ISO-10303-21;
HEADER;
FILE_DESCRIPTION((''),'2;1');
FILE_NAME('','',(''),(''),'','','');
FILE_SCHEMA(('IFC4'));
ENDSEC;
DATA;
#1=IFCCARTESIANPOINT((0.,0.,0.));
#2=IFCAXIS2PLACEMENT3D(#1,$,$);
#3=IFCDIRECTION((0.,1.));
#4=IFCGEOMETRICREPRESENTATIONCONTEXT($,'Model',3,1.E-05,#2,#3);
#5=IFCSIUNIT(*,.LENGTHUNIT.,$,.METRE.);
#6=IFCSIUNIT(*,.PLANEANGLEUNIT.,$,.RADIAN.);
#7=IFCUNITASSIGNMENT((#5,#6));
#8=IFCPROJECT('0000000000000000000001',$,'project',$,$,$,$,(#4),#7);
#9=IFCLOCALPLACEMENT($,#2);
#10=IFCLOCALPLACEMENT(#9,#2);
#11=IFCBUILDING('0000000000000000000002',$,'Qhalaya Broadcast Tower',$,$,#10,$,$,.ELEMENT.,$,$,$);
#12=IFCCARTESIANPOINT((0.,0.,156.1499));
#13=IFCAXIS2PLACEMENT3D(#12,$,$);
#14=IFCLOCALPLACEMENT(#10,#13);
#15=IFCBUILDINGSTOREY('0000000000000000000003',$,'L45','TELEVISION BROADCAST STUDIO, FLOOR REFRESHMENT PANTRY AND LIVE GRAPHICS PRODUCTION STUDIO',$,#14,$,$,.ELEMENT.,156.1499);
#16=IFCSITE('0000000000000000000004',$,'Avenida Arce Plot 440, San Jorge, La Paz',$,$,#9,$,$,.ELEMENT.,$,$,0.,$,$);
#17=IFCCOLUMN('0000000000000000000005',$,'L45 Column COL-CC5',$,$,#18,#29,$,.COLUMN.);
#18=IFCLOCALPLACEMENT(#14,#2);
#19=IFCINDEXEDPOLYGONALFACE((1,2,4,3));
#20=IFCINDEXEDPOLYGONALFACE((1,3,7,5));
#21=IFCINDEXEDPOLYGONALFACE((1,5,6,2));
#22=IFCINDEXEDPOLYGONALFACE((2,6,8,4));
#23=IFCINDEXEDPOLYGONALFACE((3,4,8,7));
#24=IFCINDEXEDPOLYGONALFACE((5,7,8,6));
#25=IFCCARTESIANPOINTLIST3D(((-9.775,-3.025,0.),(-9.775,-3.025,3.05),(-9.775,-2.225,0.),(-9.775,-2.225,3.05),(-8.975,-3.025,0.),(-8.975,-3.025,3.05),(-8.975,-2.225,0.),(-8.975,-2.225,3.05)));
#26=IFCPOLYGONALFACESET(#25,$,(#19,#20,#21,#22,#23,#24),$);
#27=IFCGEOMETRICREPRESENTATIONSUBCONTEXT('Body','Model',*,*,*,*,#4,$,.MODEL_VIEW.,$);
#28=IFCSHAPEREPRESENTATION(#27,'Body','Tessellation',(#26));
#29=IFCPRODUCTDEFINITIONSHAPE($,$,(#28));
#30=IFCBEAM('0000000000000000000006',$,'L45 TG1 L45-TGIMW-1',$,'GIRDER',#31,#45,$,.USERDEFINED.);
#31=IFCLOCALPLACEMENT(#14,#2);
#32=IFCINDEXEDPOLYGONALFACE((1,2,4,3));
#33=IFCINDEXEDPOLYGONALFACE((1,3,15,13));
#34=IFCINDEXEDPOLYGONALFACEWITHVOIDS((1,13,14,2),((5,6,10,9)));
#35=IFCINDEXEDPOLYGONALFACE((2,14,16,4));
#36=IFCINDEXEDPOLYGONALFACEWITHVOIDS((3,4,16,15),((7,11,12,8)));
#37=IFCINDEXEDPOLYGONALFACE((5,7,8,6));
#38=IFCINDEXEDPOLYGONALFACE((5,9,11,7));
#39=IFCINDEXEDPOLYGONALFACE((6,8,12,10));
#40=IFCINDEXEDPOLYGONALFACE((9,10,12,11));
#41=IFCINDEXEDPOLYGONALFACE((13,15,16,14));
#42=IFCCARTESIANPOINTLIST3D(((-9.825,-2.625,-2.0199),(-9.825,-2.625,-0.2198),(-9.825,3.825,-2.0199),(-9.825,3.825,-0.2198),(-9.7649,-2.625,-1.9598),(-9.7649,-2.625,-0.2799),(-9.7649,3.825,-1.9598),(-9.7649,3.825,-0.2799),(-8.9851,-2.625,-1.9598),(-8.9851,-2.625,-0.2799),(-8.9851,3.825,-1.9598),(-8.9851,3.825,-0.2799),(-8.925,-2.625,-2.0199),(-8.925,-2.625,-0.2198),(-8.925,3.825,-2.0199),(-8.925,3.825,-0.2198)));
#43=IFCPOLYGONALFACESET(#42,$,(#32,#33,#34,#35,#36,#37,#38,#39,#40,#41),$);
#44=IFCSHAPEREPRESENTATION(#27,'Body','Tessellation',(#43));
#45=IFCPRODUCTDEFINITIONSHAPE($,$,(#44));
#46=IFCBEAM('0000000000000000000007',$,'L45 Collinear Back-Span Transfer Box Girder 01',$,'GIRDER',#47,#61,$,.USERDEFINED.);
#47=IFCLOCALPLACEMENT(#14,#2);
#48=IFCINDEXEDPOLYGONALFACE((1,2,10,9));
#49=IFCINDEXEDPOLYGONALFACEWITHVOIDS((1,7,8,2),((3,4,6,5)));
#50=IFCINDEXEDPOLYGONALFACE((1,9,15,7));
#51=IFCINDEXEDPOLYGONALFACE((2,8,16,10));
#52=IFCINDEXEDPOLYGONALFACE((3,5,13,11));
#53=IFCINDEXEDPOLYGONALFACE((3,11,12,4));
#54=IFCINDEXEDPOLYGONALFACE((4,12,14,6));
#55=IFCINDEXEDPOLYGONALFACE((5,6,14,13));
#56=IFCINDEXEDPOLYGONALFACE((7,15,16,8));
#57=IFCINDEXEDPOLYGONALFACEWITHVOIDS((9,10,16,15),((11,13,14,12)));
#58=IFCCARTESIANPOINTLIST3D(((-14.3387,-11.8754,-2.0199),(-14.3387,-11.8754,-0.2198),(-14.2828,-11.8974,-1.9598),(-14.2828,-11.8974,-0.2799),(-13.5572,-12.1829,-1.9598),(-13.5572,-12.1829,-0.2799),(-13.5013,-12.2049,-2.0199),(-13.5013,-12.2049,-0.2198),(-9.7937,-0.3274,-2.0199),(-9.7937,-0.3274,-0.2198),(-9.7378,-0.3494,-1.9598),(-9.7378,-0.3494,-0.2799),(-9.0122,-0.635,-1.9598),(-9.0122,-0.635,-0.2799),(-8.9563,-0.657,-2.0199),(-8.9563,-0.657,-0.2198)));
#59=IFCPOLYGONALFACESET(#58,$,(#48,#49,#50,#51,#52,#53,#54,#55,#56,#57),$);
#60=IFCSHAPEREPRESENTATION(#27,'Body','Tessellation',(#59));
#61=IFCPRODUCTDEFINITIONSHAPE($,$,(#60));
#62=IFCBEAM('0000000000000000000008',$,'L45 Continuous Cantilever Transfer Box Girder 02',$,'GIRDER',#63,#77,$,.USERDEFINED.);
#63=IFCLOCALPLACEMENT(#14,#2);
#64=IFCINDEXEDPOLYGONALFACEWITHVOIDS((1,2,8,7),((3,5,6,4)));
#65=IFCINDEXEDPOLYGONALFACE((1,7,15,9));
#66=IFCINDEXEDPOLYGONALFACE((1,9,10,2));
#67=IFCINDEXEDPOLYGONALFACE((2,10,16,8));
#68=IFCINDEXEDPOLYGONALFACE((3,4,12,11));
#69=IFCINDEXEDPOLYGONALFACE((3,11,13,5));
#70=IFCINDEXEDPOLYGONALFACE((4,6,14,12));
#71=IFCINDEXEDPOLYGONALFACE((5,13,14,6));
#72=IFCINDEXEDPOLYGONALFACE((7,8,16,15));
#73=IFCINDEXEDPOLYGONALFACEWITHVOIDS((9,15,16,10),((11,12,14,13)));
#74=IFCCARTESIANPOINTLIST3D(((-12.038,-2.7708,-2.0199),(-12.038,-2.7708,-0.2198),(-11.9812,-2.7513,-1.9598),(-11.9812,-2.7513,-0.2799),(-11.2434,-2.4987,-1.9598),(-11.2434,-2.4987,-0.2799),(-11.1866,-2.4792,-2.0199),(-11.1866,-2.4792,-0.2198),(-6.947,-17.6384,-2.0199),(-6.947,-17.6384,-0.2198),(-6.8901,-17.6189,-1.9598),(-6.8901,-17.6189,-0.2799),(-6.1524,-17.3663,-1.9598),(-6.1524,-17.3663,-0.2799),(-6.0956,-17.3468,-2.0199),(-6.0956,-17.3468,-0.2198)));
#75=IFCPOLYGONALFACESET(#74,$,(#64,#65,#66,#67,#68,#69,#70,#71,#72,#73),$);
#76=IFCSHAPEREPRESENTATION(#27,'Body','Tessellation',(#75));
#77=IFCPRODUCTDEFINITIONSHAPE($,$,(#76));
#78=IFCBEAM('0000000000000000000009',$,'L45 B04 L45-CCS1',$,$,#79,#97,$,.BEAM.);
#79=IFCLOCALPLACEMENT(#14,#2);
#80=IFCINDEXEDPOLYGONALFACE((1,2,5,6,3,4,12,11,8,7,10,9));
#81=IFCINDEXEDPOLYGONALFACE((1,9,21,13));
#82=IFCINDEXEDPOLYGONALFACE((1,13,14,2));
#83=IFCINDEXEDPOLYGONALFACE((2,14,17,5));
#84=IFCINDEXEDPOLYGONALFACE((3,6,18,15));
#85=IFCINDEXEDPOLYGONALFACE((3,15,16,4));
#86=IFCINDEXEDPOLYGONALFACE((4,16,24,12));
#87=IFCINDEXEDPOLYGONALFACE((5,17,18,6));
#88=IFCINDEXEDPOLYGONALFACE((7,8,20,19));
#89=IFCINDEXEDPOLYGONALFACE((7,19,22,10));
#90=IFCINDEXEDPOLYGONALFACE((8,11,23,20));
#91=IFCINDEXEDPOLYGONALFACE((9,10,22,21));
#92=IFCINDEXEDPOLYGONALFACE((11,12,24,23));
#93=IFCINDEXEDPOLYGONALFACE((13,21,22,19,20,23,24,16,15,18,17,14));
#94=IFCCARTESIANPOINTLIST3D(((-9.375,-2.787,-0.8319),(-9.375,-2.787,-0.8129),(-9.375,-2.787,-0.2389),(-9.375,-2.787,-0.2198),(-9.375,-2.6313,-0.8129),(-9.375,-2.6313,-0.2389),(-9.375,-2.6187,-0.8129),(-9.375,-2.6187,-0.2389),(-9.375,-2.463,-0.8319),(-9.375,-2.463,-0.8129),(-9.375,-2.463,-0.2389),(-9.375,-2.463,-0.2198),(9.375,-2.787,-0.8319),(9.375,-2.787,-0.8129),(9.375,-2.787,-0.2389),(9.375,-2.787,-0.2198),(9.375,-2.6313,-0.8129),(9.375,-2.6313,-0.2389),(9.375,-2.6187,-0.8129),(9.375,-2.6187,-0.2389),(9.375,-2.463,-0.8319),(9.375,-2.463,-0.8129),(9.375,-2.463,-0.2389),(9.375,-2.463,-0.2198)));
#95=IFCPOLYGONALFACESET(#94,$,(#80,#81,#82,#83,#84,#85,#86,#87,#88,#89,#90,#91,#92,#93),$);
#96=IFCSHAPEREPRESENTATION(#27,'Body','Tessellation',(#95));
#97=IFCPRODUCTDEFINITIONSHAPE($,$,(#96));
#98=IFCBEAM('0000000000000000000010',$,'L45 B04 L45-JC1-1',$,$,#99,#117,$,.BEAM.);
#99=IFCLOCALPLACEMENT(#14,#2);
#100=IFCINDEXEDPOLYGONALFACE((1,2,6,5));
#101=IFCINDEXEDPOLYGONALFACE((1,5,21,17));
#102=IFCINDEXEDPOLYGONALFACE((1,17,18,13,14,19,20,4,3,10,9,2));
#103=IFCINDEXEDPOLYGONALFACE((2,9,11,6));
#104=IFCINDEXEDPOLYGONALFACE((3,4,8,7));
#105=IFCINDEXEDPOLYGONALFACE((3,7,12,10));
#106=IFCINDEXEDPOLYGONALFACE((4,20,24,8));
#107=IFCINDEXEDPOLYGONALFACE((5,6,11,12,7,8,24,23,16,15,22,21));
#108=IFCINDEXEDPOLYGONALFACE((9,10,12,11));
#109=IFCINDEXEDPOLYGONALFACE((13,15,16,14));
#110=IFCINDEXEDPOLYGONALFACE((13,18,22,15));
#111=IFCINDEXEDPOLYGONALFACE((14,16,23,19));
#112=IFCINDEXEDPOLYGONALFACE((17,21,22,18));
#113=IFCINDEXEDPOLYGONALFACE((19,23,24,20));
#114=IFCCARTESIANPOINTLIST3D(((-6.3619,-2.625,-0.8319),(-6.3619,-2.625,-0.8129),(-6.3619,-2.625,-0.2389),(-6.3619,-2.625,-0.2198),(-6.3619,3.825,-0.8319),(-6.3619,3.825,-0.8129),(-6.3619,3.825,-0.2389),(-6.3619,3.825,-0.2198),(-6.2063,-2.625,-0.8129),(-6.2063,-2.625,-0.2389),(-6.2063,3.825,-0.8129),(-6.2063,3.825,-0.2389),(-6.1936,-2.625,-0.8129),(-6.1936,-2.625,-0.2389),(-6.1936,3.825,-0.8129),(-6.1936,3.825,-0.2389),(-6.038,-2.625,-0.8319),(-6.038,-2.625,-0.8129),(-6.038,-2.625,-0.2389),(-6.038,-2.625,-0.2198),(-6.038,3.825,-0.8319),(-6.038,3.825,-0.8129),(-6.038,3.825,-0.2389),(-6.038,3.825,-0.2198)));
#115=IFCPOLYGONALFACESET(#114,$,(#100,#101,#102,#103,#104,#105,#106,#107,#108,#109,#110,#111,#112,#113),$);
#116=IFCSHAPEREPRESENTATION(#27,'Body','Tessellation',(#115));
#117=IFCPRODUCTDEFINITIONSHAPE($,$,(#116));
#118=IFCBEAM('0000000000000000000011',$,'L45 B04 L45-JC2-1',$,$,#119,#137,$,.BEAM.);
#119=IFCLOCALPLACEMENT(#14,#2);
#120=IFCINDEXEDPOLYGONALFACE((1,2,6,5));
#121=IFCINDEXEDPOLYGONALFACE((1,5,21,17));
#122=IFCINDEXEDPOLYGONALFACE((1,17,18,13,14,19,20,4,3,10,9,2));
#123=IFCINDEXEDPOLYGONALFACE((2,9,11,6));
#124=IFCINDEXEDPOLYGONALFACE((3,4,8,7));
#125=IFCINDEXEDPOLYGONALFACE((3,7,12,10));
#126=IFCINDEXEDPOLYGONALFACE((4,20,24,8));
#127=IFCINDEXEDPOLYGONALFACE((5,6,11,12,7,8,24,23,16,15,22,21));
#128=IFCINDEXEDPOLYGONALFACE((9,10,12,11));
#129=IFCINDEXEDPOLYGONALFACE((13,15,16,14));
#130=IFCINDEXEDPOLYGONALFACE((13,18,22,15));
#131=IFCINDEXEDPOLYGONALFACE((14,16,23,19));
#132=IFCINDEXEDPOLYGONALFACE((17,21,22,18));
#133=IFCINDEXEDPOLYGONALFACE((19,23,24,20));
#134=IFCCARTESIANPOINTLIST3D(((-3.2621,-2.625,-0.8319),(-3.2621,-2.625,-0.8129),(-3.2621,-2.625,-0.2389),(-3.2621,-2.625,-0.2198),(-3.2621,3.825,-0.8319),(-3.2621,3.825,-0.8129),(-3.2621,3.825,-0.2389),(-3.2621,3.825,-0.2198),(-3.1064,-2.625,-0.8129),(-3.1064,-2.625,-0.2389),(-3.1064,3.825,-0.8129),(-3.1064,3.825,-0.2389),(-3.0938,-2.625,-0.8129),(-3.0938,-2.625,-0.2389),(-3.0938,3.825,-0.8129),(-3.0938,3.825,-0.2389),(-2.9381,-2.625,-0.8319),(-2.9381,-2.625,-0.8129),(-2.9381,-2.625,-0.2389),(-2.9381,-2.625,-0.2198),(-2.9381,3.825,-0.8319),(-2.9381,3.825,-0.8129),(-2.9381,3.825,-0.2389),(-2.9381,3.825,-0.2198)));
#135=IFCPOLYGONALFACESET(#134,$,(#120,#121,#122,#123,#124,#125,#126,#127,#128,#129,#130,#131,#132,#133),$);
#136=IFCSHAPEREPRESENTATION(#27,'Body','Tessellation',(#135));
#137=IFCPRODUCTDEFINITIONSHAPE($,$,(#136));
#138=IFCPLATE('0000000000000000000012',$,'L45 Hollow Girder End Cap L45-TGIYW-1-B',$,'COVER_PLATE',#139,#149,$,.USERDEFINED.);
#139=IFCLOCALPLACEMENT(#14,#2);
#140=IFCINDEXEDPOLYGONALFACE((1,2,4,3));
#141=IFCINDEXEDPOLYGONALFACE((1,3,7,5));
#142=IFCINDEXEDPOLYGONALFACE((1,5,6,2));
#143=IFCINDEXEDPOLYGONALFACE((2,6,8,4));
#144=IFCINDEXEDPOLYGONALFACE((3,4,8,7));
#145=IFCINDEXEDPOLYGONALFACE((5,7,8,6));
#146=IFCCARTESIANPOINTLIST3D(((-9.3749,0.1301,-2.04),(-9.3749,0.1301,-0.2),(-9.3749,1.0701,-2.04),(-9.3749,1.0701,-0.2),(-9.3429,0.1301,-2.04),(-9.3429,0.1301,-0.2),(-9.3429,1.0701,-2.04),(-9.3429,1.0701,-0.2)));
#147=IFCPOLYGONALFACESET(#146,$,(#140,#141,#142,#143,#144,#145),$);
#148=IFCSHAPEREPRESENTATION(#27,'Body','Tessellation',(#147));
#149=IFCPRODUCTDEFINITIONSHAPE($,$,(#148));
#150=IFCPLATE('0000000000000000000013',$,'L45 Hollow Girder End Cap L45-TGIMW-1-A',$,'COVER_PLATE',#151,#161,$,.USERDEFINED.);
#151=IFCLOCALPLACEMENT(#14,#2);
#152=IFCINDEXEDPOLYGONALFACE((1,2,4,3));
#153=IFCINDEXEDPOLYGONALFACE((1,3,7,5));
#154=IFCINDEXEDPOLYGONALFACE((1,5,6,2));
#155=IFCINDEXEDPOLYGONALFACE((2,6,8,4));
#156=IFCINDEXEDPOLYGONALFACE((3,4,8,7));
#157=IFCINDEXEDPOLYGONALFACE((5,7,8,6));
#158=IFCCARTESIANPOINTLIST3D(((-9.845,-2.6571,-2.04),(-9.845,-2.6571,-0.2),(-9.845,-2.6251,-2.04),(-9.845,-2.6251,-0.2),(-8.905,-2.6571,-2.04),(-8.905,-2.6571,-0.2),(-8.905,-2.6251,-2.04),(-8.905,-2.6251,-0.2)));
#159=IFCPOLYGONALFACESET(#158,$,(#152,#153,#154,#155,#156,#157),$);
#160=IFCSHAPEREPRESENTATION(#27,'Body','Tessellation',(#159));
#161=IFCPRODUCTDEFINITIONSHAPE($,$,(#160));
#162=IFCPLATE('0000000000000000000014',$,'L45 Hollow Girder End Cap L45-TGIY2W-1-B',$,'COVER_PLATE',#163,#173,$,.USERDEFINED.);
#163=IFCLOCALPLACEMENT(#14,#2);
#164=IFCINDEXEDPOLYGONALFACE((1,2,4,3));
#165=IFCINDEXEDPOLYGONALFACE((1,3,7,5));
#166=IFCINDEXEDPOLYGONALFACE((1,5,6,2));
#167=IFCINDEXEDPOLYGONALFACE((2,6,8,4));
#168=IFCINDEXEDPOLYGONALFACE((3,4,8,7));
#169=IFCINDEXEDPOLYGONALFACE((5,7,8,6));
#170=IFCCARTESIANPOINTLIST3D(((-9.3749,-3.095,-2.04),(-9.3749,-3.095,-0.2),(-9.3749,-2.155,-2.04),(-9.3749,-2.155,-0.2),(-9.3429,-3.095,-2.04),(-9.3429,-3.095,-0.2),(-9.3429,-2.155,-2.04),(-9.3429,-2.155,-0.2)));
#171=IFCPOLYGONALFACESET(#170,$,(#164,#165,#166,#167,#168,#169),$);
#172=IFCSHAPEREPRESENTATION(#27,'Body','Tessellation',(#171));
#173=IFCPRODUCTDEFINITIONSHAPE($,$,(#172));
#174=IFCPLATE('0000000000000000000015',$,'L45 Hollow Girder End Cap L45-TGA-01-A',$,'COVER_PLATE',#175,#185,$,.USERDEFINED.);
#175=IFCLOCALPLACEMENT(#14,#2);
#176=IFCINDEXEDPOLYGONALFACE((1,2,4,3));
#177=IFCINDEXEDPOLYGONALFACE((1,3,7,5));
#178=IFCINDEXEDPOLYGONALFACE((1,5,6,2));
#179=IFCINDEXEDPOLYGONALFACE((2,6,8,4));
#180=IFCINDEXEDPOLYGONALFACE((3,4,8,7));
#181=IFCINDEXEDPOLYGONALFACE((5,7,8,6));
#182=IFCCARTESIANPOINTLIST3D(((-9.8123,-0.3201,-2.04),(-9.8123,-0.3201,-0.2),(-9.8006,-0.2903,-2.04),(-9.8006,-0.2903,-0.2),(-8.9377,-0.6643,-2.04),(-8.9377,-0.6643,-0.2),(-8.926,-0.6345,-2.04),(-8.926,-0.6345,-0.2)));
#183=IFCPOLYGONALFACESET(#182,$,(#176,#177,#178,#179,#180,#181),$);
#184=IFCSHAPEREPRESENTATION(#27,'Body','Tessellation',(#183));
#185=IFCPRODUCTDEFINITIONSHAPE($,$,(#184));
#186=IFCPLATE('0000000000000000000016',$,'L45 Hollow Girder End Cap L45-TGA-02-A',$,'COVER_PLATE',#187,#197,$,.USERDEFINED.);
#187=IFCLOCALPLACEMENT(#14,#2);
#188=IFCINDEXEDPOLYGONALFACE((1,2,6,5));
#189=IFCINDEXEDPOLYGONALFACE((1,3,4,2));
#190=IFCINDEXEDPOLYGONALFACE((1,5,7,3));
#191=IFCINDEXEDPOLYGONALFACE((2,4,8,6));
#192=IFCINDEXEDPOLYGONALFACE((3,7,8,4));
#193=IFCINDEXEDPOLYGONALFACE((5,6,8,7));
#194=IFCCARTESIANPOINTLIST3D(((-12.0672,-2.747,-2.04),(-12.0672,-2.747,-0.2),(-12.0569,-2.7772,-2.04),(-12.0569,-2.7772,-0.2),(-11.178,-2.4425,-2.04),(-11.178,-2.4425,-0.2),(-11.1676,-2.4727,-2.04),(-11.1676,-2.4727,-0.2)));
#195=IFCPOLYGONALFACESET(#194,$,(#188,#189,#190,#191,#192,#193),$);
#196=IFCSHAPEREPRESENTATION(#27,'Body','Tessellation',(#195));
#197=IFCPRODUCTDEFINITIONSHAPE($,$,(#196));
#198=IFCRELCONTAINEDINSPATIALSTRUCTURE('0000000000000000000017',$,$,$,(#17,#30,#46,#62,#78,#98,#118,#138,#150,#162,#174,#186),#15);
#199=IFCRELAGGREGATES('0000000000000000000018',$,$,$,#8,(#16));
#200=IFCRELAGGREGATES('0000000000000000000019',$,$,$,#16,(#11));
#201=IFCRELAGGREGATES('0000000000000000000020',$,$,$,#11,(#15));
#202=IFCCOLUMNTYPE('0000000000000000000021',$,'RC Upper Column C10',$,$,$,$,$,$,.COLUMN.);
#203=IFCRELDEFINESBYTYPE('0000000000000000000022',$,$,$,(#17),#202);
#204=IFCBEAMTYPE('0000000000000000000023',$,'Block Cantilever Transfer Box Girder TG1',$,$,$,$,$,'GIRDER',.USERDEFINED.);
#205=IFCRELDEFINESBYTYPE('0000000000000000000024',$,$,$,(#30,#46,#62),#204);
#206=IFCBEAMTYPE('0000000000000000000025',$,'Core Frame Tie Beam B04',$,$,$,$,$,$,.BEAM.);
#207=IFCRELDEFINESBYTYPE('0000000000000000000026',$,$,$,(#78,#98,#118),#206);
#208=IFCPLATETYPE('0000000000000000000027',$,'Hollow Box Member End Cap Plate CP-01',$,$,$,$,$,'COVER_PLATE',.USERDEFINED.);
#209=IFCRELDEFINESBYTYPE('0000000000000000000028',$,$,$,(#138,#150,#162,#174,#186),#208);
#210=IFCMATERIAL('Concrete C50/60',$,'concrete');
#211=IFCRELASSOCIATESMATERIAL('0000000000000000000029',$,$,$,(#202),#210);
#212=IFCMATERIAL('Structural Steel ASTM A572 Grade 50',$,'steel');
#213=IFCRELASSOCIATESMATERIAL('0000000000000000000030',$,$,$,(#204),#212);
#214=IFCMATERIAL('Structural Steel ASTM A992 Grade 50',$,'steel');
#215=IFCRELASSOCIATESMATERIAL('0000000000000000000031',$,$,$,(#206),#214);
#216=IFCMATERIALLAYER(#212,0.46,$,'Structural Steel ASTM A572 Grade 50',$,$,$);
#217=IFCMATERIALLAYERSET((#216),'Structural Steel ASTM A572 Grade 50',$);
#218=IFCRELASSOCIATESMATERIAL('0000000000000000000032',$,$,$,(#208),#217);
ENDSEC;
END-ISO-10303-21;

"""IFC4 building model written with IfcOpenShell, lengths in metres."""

from ifc_helpers import new_model, si_unit, direction, frame, origin, origin_2d, place, context, subcontext, project, spatial, rectangle, hollow_rectangle, i_section, extrude, material, layer, layer_set, material_profile, profile_set, type_object, element, save


model = new_model("IFC4")

# Units and contexts
model_context = context("Model", 3, precision=1e-05, world=origin(), true_north=direction((0.0, 1.0)))
body_context = subcontext(model_context, "Body", "Model", "MODEL_VIEW")
ifc_project = project(units=[si_unit("LENGTHUNIT", "METRE"), si_unit("PLANEANGLEUNIT", "RADIAN")], contexts=[model_context])

# Site, building, storey
site_placement = place(None, origin())
site = spatial("IfcSite", under=ifc_project, at=site_placement, Name="Avenida Arce Plot 440, San Jorge, La Paz", CompositionType="ELEMENT", RefElevation=0.0)
building_placement = place(site_placement, origin())
building = spatial("IfcBuilding", under=site, at=building_placement, Name="Qhalaya Broadcast Tower", CompositionType="ELEMENT")
storey_placement = place(building_placement, frame((0.0, 0.0, 156.1499)))
storey = spatial("IfcBuildingStorey", under=building, at=storey_placement, Name="L45", Description="TELEVISION BROADCAST STUDIO, FLOOR REFRESHMENT PANTRY AND LIVE GRAPHICS PRODUCTION STUDIO", CompositionType="ELEMENT", Elevation=156.1499)

# Column
ifc_material_1 = material(Name="Concrete C50/60", Category="concrete")
ifc_material_profile_1 = material_profile(ifc_material_1, rectangle(XDim=0.8, YDim=0.8, at=origin_2d()), Name="RC-COL 800x800")
ifc_profile_set_1 = profile_set([ifc_material_profile_1], Name="Concrete C50/60")
column_type = type_object("IfcColumnType", Name="RC Upper Column C10", PredefinedType="COLUMN", material=ifc_profile_set_1)
column_placement = place(storey_placement, frame((-9.375, -2.625, 0.0), z_axis=(0.0, 0.0, 1.0), x_axis=(1.0, 0.0, 0.0)))
element("IfcColumn", 1, at=column_placement, inside=storey, type_object=column_type, Name="L45 Column COL-CC5", PredefinedType="COLUMN", context=body_context, shape_type="SweptSolid", body=[
    extrude(rectangle(XDim=0.8, YDim=0.8, at=origin_2d()), origin(), (0.0, 0.0, 1.0), 3.05),
])

# Beams
ifc_material_2 = material(Name="Structural Steel ASTM A572 Grade 50", Category="steel")
ifc_material_profile_2 = material_profile(ifc_material_2, hollow_rectangle(XDim=0.8999, YDim=1.8, WallThickness=0.0601, at=origin_2d()), Name="BOX 900x1800x60")
ifc_profile_set_2 = profile_set([ifc_material_profile_2], Name="Structural Steel ASTM A572 Grade 50")
beam_type_1 = type_object("IfcBeamType", Name="Block Cantilever Transfer Box Girder TG1", ElementType="GIRDER", PredefinedType="USERDEFINED", material=ifc_profile_set_2)
beam_1_placement = place(storey_placement, frame((-9.375, -2.625, -1.1199), z_axis=(0.0, 1.0, 0.0), x_axis=(-1.0, 0.0, 0.0)))
element("IfcBeam", 2, at=beam_1_placement, inside=storey, type_object=beam_type_1, Name="L45 TG1 L45-TGIMW-1", ObjectType="GIRDER", PredefinedType="USERDEFINED", context=body_context, shape_type="SweptSolid", body=[
    extrude(hollow_rectangle(XDim=0.8999, YDim=1.8, WallThickness=0.0601, at=origin_2d()), origin(), (0.0, 0.0, 1.0), 6.45),
])
beam_2_placement = place(storey_placement, frame((-9.375, -0.4922, -1.1199), z_axis=(-0.366229, -0.930525, 0.0), x_axis=(0.930525, -0.366229, 0.0)))
element("IfcBeam", 3, at=beam_2_placement, inside=storey, type_object=beam_type_1, Name="L45 Collinear Back-Span Transfer Box Girder 01", ObjectType="GIRDER", PredefinedType="USERDEFINED", context=body_context, shape_type="SweptSolid", body=[
    extrude(hollow_rectangle(XDim=0.8999, YDim=1.8, WallThickness=0.0601, at=origin_2d()), origin(), (0.0, 0.0, 1.0), 12.4102),
])
beam_3_placement = place(storey_placement, frame((-11.6123, -2.625, -1.1199), z_axis=(0.323958, -0.946071, 0.0), x_axis=(0.946071, 0.323958, 0.0)))
element("IfcBeam", 4, at=beam_3_placement, inside=storey, type_object=beam_type_1, Name="L45 Continuous Cantilever Transfer Box Girder 02", ObjectType="GIRDER", PredefinedType="USERDEFINED", context=body_context, shape_type="SweptSolid", body=[
    extrude(hollow_rectangle(XDim=0.8999, YDim=1.8, WallThickness=0.0601, at=origin_2d()), origin(), (0.0, 0.0, 1.0), 15.7151),
])
ifc_material_3 = material(Name="Structural Steel ASTM A992 Grade 50", Category="steel")
ifc_material_profile_3 = material_profile(ifc_material_3, i_section(OverallWidth=0.324, OverallDepth=0.6121, WebThickness=0.0127, FlangeThickness=0.019, at=origin_2d()), Name="W24X104")
ifc_profile_set_3 = profile_set([ifc_material_profile_3], Name="Structural Steel ASTM A992 Grade 50")
beam_type_2 = type_object("IfcBeamType", Name="Core Frame Tie Beam B04", PredefinedType="BEAM", material=ifc_profile_set_3)
beam_4_placement = place(storey_placement, frame((-9.375, -2.625, -0.5259), z_axis=(1.0, 0.0, 0.0), x_axis=(0.0, 1.0, 0.0)))
element("IfcBeam", 5, at=beam_4_placement, inside=storey, type_object=beam_type_2, Name="L45 B04 L45-CCS1", PredefinedType="BEAM", context=body_context, shape_type="SweptSolid", body=[
    extrude(i_section(OverallWidth=0.324, OverallDepth=0.6121, WebThickness=0.0127, FlangeThickness=0.019, at=origin_2d()), origin(), (0.0, 0.0, 1.0), 18.75),
])
for number, where, z_axis, x_axis, name in (
    (6, (-6.2, -2.625, -0.5259), (0.0, 1.0, 0.0), (-1.0, 0.0, 0.0), "L45 B04 L45-JC1-1"),
    (7, (-3.1001, -2.625, -0.5259), (0.0, 1.0, 0.0), (-1.0, 0.0, 0.0), "L45 B04 L45-JC2-1"),
):
    element("IfcBeam", number, at=place(storey_placement, frame(where, z_axis=z_axis, x_axis=x_axis)), inside=storey, type_object=beam_type_2, Name=name, PredefinedType="BEAM", context=body_context, shape_type="SweptSolid", body=[
        extrude(i_section(OverallWidth=0.324, OverallDepth=0.6121, WebThickness=0.0127, FlangeThickness=0.019, at=origin_2d()), origin(), (0.0, 0.0, 1.0), 6.45),
    ])

# Plates
ifc_layer_1 = layer(ifc_material_2, 0.46, Name="Structural Steel ASTM A572 Grade 50")
ifc_layer_set_1 = layer_set([ifc_layer_1], Name="Structural Steel ASTM A572 Grade 50")
plate_type = type_object("IfcPlateType", Name="Hollow Box Member End Cap Plate CP-01", ElementType="COVER_PLATE", PredefinedType="USERDEFINED", material=ifc_layer_set_1)
for number, where, z_axis, x_axis, name in (
    (8, (-9.3589, 0.6001, -2.04), (0.0, 0.0, 1.0), (0.0, 1.0, 0.0), "L45 Hollow Girder End Cap L45-TGIYW-1-B"),
    (9, (-9.375, -2.6411, -2.04), (0.0, 0.0, 1.0), (-1.0, 0.0, 0.0), "L45 Hollow Girder End Cap L45-TGIMW-1-A"),
    (10, (-9.3589, -2.625, -2.04), (0.0, 0.0, 1.0), (0.0, 1.0, 0.0), "L45 Hollow Girder End Cap L45-TGIY2W-1-B"),
    (11, (-9.3691, -0.4773, -2.04), (0.0, 0.0, 1.0), (0.93052, -0.366241, 0.0), "L45 Hollow Girder End Cap L45-TGA-01-A"),
    (12, (-11.6174, -2.6099, -2.04), (0.0, 0.0, 1.0), (0.946074, 0.32395, 0.0), "L45 Hollow Girder End Cap L45-TGA-02-A"),
):
    element("IfcPlate", number, at=place(storey_placement, frame(where, z_axis=z_axis, x_axis=x_axis)), inside=storey, type_object=plate_type, Name=name, ObjectType="COVER_PLATE", PredefinedType="USERDEFINED", context=body_context, shape_type="SweptSolid", body=[
        extrude(rectangle(XDim=0.9399, YDim=0.032, at=origin_2d()), origin(), (0.0, 0.0, 1.0), 1.8401),
    ])

save(model, "model.ifc")
